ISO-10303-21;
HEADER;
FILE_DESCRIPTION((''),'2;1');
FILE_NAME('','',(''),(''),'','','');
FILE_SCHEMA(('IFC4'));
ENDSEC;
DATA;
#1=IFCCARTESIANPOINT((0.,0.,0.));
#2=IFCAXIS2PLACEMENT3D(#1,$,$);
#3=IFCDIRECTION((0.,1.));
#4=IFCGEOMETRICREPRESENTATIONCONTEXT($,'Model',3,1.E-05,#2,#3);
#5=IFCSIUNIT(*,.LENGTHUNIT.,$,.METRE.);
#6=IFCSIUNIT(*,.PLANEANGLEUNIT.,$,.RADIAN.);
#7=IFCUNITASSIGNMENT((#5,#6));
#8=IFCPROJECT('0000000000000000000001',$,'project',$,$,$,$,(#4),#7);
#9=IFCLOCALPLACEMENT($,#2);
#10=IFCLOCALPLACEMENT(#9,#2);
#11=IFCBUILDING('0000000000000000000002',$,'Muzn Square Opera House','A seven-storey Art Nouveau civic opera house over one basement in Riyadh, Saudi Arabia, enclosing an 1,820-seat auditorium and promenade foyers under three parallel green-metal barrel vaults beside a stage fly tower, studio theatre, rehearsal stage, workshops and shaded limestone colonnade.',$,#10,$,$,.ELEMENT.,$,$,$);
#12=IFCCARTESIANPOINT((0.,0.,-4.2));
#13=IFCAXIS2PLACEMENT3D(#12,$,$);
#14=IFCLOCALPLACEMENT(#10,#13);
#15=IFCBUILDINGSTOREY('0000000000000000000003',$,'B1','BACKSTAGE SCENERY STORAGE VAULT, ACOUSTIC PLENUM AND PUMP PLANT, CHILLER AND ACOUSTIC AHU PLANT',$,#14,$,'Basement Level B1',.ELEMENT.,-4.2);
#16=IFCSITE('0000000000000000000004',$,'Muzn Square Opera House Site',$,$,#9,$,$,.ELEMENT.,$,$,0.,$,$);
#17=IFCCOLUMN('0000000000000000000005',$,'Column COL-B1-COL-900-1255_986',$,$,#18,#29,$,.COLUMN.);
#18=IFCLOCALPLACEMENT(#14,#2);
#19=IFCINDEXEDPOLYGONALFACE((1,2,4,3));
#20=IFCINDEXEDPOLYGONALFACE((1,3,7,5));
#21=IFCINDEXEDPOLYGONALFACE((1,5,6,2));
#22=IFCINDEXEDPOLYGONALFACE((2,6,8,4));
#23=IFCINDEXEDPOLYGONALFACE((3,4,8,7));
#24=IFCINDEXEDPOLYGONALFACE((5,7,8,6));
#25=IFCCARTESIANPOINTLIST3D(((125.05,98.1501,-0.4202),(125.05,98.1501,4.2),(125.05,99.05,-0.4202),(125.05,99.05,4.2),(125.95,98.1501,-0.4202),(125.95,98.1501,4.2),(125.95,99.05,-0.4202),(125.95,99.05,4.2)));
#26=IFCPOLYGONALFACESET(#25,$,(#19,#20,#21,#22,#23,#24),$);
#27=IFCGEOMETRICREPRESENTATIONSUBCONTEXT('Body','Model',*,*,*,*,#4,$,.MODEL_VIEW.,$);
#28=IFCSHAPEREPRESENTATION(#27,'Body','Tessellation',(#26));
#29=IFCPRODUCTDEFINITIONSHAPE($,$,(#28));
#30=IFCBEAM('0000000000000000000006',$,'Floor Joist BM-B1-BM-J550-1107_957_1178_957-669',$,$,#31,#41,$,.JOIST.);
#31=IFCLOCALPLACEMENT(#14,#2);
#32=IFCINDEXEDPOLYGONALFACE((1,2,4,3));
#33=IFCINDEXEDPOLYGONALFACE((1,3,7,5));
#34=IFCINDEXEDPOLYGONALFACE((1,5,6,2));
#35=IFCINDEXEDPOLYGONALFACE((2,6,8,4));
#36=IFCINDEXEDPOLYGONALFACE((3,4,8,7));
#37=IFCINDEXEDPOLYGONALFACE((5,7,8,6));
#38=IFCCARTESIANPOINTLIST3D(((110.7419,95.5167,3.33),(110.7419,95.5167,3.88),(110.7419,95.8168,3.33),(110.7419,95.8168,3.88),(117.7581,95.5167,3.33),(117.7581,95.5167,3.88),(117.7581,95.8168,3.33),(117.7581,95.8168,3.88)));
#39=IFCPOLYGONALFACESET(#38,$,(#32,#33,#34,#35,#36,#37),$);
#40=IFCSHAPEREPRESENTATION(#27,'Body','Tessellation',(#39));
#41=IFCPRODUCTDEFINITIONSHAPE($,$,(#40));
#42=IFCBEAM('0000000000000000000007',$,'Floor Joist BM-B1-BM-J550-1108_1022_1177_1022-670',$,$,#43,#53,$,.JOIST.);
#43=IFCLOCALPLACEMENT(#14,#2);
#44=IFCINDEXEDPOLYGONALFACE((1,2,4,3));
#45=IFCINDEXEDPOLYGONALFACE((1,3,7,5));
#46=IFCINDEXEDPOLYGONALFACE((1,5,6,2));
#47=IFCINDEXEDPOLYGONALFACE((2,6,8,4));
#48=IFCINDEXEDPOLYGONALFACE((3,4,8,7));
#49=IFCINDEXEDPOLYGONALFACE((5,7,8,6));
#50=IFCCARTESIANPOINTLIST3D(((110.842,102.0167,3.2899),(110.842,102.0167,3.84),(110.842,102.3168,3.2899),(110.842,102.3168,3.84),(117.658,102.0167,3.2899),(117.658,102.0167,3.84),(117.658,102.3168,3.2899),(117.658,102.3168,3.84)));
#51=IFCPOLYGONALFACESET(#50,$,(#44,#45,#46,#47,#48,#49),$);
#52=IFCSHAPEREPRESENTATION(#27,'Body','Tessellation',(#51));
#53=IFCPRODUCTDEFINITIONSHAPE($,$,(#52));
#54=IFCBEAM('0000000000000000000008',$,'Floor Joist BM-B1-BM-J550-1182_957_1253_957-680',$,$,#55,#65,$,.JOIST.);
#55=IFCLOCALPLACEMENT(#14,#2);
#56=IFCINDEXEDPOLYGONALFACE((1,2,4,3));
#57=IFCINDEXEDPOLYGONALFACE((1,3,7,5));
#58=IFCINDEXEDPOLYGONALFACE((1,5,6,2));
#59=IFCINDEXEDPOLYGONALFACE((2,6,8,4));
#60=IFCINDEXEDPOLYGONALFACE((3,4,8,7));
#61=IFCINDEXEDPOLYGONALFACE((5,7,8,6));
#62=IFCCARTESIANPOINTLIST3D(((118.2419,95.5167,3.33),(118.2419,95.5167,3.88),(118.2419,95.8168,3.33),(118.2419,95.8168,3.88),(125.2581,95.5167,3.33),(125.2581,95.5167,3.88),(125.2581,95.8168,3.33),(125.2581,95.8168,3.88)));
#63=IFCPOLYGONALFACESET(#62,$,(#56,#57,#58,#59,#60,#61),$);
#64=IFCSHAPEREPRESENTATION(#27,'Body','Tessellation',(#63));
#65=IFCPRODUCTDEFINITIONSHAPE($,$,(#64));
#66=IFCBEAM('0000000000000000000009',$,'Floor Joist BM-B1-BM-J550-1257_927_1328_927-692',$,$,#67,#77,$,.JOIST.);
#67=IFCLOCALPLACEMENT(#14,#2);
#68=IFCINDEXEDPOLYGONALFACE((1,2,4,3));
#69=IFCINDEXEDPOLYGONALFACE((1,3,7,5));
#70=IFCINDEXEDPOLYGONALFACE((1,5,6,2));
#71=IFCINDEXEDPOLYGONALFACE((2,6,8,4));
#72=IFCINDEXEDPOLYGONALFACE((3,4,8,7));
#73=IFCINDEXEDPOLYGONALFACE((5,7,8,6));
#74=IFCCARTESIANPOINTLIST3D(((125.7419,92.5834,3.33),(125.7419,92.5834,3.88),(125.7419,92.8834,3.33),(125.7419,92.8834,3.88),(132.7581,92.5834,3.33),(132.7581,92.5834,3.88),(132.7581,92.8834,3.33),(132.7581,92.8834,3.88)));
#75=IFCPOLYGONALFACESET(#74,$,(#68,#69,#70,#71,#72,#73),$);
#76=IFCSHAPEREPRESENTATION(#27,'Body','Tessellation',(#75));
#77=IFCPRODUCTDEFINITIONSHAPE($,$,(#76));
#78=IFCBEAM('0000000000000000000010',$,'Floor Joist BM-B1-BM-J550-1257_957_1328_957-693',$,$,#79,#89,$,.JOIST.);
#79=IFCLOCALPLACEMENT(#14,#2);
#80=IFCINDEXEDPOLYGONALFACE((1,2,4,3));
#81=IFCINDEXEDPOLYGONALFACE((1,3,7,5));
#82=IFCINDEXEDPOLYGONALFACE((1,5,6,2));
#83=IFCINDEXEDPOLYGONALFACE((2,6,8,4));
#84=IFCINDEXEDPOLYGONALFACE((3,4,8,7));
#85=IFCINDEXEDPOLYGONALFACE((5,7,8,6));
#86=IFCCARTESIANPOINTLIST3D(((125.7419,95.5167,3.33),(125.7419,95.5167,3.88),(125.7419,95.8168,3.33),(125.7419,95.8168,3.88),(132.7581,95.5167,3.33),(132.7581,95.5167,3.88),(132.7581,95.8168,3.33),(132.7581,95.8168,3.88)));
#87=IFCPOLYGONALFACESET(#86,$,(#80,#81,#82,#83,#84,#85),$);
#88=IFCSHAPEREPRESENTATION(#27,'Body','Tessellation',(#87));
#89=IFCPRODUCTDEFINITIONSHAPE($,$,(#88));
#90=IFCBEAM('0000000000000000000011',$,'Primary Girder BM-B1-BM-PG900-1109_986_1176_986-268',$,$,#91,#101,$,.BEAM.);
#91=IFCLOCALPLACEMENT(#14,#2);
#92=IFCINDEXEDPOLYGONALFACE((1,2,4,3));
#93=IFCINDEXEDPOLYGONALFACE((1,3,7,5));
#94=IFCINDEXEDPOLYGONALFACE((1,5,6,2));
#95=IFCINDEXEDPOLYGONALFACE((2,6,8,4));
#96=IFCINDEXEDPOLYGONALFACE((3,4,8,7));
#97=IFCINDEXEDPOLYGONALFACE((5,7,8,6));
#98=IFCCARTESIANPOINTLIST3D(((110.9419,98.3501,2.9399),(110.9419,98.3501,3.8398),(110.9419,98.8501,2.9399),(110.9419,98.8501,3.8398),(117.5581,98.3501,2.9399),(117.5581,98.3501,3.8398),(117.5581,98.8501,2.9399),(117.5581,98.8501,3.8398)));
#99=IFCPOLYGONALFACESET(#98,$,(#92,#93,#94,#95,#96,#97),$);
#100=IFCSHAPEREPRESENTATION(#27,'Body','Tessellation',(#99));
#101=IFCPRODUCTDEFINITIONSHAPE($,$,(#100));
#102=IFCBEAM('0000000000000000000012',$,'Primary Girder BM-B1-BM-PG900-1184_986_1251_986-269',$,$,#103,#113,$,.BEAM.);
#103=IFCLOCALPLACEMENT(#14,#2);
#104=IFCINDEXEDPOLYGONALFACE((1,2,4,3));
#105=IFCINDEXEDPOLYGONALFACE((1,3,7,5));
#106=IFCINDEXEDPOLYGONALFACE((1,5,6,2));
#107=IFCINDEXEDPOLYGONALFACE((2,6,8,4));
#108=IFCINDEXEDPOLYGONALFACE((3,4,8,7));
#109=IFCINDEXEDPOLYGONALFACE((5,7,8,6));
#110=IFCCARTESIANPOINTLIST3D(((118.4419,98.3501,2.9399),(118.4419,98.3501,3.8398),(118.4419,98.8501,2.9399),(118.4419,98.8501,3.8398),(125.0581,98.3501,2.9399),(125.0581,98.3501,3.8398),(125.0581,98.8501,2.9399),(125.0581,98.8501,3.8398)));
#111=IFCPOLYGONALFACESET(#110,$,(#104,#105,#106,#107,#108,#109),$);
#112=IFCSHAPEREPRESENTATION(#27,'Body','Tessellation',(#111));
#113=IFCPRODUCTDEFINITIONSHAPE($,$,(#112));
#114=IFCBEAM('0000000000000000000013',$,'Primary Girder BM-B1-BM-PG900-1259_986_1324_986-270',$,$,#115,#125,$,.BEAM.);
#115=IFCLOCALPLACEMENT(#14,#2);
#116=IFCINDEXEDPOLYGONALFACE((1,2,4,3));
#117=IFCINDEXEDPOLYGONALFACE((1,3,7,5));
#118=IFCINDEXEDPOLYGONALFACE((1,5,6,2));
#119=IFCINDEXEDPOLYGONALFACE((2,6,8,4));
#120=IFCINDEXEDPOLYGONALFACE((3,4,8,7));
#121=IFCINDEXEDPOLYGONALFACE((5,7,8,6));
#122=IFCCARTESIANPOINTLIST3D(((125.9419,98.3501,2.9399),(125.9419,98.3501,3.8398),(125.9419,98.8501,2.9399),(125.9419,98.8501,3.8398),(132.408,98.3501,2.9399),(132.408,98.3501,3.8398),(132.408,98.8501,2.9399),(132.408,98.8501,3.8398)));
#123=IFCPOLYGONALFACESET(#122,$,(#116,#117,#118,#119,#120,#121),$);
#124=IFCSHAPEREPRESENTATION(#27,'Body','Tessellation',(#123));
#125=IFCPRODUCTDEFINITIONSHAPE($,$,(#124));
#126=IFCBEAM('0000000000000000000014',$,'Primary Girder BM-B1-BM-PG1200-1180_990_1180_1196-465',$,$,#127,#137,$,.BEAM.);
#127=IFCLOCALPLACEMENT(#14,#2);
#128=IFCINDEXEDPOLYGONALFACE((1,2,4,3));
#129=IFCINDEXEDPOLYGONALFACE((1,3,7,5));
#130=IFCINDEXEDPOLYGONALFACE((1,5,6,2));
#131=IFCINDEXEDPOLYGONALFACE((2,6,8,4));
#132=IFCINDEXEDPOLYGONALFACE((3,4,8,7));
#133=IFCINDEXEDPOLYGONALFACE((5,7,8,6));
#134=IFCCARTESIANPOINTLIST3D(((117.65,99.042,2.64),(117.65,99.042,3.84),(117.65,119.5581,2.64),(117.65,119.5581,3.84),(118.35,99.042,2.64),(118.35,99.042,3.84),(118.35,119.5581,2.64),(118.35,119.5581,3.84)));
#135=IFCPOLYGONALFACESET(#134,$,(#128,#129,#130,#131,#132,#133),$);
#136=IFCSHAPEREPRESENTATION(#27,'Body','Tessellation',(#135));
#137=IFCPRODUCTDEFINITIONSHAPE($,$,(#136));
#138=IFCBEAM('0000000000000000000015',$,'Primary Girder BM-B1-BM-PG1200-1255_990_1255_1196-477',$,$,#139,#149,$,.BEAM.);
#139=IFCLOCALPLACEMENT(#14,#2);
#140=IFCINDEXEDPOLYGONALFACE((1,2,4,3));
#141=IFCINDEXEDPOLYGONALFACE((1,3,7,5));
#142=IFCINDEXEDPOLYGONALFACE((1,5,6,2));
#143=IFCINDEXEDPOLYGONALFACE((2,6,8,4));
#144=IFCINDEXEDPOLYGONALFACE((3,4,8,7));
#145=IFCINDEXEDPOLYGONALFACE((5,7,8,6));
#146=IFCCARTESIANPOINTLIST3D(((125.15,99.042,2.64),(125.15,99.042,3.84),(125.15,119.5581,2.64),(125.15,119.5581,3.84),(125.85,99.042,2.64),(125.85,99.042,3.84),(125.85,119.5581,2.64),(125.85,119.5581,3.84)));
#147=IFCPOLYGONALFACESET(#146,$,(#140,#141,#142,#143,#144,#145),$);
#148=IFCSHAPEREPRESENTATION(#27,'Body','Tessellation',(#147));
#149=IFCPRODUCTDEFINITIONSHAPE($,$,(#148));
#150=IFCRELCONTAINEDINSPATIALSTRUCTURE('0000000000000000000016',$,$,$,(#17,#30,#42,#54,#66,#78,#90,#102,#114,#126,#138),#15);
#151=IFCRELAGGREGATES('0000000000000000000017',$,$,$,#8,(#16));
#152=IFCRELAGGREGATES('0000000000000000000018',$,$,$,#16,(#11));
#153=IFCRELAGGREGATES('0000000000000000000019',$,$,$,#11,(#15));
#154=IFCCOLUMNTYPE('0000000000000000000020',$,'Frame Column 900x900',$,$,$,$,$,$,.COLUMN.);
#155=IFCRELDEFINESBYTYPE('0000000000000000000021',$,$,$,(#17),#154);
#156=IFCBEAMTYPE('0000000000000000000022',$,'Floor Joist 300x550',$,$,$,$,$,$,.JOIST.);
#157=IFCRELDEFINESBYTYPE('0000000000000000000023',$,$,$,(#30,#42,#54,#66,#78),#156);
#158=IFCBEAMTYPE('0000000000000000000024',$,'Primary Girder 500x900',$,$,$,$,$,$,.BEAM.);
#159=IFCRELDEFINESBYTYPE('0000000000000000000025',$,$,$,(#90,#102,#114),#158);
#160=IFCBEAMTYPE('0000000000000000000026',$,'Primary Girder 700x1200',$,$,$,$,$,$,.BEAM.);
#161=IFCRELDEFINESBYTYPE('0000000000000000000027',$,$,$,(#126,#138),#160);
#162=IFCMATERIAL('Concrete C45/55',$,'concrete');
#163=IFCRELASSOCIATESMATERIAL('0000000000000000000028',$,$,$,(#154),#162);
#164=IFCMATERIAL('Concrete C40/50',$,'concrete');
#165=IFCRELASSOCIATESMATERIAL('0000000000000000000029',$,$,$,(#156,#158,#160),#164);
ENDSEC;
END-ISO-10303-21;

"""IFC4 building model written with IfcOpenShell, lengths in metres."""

from ifc_helpers import new_model, si_unit, direction, frame, origin, origin_2d, place, context, subcontext, project, spatial, rectangle, extrude, material, material_profile, profile_set, type_object, element, save


model = new_model("IFC4")

# Units and contexts
model_context = context("Model", 3, precision=1e-05, world=origin(), true_north=direction((0.0, 1.0)))
body_context = subcontext(model_context, "Body", "Model", "MODEL_VIEW")
ifc_project = project(units=[si_unit("LENGTHUNIT", "METRE"), si_unit("PLANEANGLEUNIT", "RADIAN")], contexts=[model_context])

# Site, building, storey
site_placement = place(None, origin())
site = spatial("IfcSite", under=ifc_project, at=site_placement, Name="Muzn Square Opera House Site", CompositionType="ELEMENT", RefElevation=0.0)
building_placement = place(site_placement, origin())
building = spatial("IfcBuilding", under=site, at=building_placement, Name="Muzn Square Opera House", Description="A seven-storey Art Nouveau civic opera house over one basement in Riyadh, Saudi Arabia, enclosing an 1,820-seat auditorium and promenade foyers under three parallel green-metal barrel vaults beside a stage fly tower, studio theatre, rehearsal stage, workshops and shaded limestone colonnade.", CompositionType="ELEMENT")
storey_placement = place(building_placement, frame((0.0, 0.0, -4.2)))
storey = spatial("IfcBuildingStorey", under=building, at=storey_placement, Name="B1", Description="BACKSTAGE SCENERY STORAGE VAULT, ACOUSTIC PLENUM AND PUMP PLANT, CHILLER AND ACOUSTIC AHU PLANT", LongName="Basement Level B1", CompositionType="ELEMENT", Elevation=-4.2)

# Shared definitions
ifc_material_1 = material(Name="Concrete C40/50", Category="concrete")

# Column
ifc_material_2 = material(Name="Concrete C45/55", Category="concrete")
ifc_material_profile_1 = material_profile(ifc_material_2, rectangle(XDim=0.8999, YDim=0.8999, at=origin_2d()), Name="RC 900x900", Category="concrete")
ifc_profile_set_1 = profile_set([ifc_material_profile_1], Name="Concrete C45/55")
column_type = type_object("IfcColumnType", Name="Frame Column 900x900", PredefinedType="COLUMN", material=ifc_profile_set_1)
for number, where, z_axis, x_axis, name in (
    (1, (125.5, 98.6001, -0.4202), (0.0, 0.0, 1.0), (1.0, 0.0, 0.0), "Column COL-B1-COL-900-1255_986"),
):
    element("IfcColumn", number, at=place(storey_placement, frame(where, z_axis=z_axis, x_axis=x_axis)), inside=storey, type_object=column_type, Name=name, PredefinedType="COLUMN", context=body_context, shape_type="SweptSolid", body=[
        extrude(rectangle(XDim=0.8999, YDim=0.8999, at=origin_2d()), origin(), (0.0, 0.0, 1.0), 4.6201),
    ])

# Beams
ifc_material_profile_2 = material_profile(ifc_material_1, rectangle(XDim=0.3, YDim=0.55, at=origin_2d()), Name="RCJ 300x550", Category="concrete")
ifc_profile_set_2 = profile_set([ifc_material_profile_2], Name="Concrete C40/50")
beam_type_1 = type_object("IfcBeamType", Name="Floor Joist 300x550", PredefinedType="JOIST", material=ifc_profile_set_2)
beam_1_placement = place(storey_placement, frame((110.7419, 95.6667, 3.605), z_axis=(1.0, 0.0, 0.0), x_axis=(0.0, 1.0, 0.0)))
element("IfcBeam", 2, at=beam_1_placement, inside=storey, type_object=beam_type_1, Name="Floor Joist BM-B1-BM-J550-1107_957_1178_957-669", PredefinedType="JOIST", context=body_context, shape_type="SweptSolid", body=[
    extrude(rectangle(XDim=0.3, YDim=0.55, at=origin_2d()), origin(), (0.0, 0.0, 1.0), 7.0161),
])
beam_2_placement = place(storey_placement, frame((110.842, 102.1667, 3.5649), z_axis=(1.0, 0.0, 0.0), x_axis=(0.0, 1.0, 0.0)))
element("IfcBeam", 3, at=beam_2_placement, inside=storey, type_object=beam_type_1, Name="Floor Joist BM-B1-BM-J550-1108_1022_1177_1022-670", PredefinedType="JOIST", context=body_context, shape_type="SweptSolid", body=[
    extrude(rectangle(XDim=0.3, YDim=0.55, at=origin_2d()), origin(), (0.0, 0.0, 1.0), 6.8159),
])
for number, where, z_axis, x_axis, name in (
    (4, (118.2419, 95.6667, 3.605), (1.0, 0.0, 0.0), (0.0, 1.0, 0.0), "Floor Joist BM-B1-BM-J550-1182_957_1253_957-680"),
    (5, (125.7419, 92.7334, 3.605), (1.0, 0.0, 0.0), (0.0, 1.0, 0.0), "Floor Joist BM-B1-BM-J550-1257_927_1328_927-692"),
    (6, (125.7419, 95.6667, 3.605), (1.0, 0.0, 0.0), (0.0, 1.0, 0.0), "Floor Joist BM-B1-BM-J550-1257_957_1328_957-693"),
):
    element("IfcBeam", number, at=place(storey_placement, frame(where, z_axis=z_axis, x_axis=x_axis)), inside=storey, type_object=beam_type_1, Name=name, PredefinedType="JOIST", context=body_context, shape_type="SweptSolid", body=[
        extrude(rectangle(XDim=0.3, YDim=0.55, at=origin_2d()), origin(), (0.0, 0.0, 1.0), 7.0161),
    ])
ifc_material_profile_3 = material_profile(ifc_material_1, rectangle(XDim=0.5, YDim=0.8999, at=origin_2d()), Name="RCB 500x900", Category="concrete")
ifc_profile_set_3 = profile_set([ifc_material_profile_3], Name="Concrete C40/50")
beam_type_2 = type_object("IfcBeamType", Name="Primary Girder 500x900", PredefinedType="BEAM", material=ifc_profile_set_3)
for number, where, z_axis, x_axis, name in (
    (7, (110.9419, 98.6001, 3.3899), (1.0, 0.0, 0.0), (0.0, 1.0, 0.0), "Primary Girder BM-B1-BM-PG900-1109_986_1176_986-268"),
    (8, (118.4419, 98.6001, 3.3899), (1.0, 0.0, 0.0), (0.0, 1.0, 0.0), "Primary Girder BM-B1-BM-PG900-1184_986_1251_986-269"),
):
    element("IfcBeam", number, at=place(storey_placement, frame(where, z_axis=z_axis, x_axis=x_axis)), inside=storey, type_object=beam_type_2, Name=name, PredefinedType="BEAM", context=body_context, shape_type="SweptSolid", body=[
        extrude(rectangle(XDim=0.5, YDim=0.8999, at=origin_2d()), origin(), (0.0, 0.0, 1.0), 6.6162),
    ])
beam_3_placement = place(storey_placement, frame((125.9419, 98.6001, 3.3899), z_axis=(1.0, 0.0, 0.0), x_axis=(0.0, 1.0, 0.0)))
element("IfcBeam", 9, at=beam_3_placement, inside=storey, type_object=beam_type_2, Name="Primary Girder BM-B1-BM-PG900-1259_986_1324_986-270", PredefinedType="BEAM", context=body_context, shape_type="SweptSolid", body=[
    extrude(rectangle(XDim=0.5, YDim=0.8999, at=origin_2d()), origin(), (0.0, 0.0, 1.0), 6.4661),
])
ifc_material_profile_4 = material_profile(ifc_material_1, rectangle(XDim=0.7, YDim=1.2, at=origin_2d()), Name="RCB 700x1200", Category="concrete")
ifc_profile_set_4 = profile_set([ifc_material_profile_4], Name="Concrete C40/50")
beam_type_3 = type_object("IfcBeamType", Name="Primary Girder 700x1200", PredefinedType="BEAM", material=ifc_profile_set_4)
for number, where, z_axis, x_axis, name in (
    (10, (118.0, 99.042, 3.24), (0.0, 1.0, 0.0), (-1.0, 0.0, 0.0), "Primary Girder BM-B1-BM-PG1200-1180_990_1180_1196-465"),
    (11, (125.5, 99.042, 3.24), (0.0, 1.0, 0.0), (-1.0, 0.0, 0.0), "Primary Girder BM-B1-BM-PG1200-1255_990_1255_1196-477"),
):
    element("IfcBeam", number, at=place(storey_placement, frame(where, z_axis=z_axis, x_axis=x_axis)), inside=storey, type_object=beam_type_3, Name=name, PredefinedType="BEAM", context=body_context, shape_type="SweptSolid", body=[
        extrude(rectangle(XDim=0.7, YDim=1.2, at=origin_2d()), origin(), (0.0, 0.0, 1.0), 20.5161),
    ])

save(model, "model.ifc")
